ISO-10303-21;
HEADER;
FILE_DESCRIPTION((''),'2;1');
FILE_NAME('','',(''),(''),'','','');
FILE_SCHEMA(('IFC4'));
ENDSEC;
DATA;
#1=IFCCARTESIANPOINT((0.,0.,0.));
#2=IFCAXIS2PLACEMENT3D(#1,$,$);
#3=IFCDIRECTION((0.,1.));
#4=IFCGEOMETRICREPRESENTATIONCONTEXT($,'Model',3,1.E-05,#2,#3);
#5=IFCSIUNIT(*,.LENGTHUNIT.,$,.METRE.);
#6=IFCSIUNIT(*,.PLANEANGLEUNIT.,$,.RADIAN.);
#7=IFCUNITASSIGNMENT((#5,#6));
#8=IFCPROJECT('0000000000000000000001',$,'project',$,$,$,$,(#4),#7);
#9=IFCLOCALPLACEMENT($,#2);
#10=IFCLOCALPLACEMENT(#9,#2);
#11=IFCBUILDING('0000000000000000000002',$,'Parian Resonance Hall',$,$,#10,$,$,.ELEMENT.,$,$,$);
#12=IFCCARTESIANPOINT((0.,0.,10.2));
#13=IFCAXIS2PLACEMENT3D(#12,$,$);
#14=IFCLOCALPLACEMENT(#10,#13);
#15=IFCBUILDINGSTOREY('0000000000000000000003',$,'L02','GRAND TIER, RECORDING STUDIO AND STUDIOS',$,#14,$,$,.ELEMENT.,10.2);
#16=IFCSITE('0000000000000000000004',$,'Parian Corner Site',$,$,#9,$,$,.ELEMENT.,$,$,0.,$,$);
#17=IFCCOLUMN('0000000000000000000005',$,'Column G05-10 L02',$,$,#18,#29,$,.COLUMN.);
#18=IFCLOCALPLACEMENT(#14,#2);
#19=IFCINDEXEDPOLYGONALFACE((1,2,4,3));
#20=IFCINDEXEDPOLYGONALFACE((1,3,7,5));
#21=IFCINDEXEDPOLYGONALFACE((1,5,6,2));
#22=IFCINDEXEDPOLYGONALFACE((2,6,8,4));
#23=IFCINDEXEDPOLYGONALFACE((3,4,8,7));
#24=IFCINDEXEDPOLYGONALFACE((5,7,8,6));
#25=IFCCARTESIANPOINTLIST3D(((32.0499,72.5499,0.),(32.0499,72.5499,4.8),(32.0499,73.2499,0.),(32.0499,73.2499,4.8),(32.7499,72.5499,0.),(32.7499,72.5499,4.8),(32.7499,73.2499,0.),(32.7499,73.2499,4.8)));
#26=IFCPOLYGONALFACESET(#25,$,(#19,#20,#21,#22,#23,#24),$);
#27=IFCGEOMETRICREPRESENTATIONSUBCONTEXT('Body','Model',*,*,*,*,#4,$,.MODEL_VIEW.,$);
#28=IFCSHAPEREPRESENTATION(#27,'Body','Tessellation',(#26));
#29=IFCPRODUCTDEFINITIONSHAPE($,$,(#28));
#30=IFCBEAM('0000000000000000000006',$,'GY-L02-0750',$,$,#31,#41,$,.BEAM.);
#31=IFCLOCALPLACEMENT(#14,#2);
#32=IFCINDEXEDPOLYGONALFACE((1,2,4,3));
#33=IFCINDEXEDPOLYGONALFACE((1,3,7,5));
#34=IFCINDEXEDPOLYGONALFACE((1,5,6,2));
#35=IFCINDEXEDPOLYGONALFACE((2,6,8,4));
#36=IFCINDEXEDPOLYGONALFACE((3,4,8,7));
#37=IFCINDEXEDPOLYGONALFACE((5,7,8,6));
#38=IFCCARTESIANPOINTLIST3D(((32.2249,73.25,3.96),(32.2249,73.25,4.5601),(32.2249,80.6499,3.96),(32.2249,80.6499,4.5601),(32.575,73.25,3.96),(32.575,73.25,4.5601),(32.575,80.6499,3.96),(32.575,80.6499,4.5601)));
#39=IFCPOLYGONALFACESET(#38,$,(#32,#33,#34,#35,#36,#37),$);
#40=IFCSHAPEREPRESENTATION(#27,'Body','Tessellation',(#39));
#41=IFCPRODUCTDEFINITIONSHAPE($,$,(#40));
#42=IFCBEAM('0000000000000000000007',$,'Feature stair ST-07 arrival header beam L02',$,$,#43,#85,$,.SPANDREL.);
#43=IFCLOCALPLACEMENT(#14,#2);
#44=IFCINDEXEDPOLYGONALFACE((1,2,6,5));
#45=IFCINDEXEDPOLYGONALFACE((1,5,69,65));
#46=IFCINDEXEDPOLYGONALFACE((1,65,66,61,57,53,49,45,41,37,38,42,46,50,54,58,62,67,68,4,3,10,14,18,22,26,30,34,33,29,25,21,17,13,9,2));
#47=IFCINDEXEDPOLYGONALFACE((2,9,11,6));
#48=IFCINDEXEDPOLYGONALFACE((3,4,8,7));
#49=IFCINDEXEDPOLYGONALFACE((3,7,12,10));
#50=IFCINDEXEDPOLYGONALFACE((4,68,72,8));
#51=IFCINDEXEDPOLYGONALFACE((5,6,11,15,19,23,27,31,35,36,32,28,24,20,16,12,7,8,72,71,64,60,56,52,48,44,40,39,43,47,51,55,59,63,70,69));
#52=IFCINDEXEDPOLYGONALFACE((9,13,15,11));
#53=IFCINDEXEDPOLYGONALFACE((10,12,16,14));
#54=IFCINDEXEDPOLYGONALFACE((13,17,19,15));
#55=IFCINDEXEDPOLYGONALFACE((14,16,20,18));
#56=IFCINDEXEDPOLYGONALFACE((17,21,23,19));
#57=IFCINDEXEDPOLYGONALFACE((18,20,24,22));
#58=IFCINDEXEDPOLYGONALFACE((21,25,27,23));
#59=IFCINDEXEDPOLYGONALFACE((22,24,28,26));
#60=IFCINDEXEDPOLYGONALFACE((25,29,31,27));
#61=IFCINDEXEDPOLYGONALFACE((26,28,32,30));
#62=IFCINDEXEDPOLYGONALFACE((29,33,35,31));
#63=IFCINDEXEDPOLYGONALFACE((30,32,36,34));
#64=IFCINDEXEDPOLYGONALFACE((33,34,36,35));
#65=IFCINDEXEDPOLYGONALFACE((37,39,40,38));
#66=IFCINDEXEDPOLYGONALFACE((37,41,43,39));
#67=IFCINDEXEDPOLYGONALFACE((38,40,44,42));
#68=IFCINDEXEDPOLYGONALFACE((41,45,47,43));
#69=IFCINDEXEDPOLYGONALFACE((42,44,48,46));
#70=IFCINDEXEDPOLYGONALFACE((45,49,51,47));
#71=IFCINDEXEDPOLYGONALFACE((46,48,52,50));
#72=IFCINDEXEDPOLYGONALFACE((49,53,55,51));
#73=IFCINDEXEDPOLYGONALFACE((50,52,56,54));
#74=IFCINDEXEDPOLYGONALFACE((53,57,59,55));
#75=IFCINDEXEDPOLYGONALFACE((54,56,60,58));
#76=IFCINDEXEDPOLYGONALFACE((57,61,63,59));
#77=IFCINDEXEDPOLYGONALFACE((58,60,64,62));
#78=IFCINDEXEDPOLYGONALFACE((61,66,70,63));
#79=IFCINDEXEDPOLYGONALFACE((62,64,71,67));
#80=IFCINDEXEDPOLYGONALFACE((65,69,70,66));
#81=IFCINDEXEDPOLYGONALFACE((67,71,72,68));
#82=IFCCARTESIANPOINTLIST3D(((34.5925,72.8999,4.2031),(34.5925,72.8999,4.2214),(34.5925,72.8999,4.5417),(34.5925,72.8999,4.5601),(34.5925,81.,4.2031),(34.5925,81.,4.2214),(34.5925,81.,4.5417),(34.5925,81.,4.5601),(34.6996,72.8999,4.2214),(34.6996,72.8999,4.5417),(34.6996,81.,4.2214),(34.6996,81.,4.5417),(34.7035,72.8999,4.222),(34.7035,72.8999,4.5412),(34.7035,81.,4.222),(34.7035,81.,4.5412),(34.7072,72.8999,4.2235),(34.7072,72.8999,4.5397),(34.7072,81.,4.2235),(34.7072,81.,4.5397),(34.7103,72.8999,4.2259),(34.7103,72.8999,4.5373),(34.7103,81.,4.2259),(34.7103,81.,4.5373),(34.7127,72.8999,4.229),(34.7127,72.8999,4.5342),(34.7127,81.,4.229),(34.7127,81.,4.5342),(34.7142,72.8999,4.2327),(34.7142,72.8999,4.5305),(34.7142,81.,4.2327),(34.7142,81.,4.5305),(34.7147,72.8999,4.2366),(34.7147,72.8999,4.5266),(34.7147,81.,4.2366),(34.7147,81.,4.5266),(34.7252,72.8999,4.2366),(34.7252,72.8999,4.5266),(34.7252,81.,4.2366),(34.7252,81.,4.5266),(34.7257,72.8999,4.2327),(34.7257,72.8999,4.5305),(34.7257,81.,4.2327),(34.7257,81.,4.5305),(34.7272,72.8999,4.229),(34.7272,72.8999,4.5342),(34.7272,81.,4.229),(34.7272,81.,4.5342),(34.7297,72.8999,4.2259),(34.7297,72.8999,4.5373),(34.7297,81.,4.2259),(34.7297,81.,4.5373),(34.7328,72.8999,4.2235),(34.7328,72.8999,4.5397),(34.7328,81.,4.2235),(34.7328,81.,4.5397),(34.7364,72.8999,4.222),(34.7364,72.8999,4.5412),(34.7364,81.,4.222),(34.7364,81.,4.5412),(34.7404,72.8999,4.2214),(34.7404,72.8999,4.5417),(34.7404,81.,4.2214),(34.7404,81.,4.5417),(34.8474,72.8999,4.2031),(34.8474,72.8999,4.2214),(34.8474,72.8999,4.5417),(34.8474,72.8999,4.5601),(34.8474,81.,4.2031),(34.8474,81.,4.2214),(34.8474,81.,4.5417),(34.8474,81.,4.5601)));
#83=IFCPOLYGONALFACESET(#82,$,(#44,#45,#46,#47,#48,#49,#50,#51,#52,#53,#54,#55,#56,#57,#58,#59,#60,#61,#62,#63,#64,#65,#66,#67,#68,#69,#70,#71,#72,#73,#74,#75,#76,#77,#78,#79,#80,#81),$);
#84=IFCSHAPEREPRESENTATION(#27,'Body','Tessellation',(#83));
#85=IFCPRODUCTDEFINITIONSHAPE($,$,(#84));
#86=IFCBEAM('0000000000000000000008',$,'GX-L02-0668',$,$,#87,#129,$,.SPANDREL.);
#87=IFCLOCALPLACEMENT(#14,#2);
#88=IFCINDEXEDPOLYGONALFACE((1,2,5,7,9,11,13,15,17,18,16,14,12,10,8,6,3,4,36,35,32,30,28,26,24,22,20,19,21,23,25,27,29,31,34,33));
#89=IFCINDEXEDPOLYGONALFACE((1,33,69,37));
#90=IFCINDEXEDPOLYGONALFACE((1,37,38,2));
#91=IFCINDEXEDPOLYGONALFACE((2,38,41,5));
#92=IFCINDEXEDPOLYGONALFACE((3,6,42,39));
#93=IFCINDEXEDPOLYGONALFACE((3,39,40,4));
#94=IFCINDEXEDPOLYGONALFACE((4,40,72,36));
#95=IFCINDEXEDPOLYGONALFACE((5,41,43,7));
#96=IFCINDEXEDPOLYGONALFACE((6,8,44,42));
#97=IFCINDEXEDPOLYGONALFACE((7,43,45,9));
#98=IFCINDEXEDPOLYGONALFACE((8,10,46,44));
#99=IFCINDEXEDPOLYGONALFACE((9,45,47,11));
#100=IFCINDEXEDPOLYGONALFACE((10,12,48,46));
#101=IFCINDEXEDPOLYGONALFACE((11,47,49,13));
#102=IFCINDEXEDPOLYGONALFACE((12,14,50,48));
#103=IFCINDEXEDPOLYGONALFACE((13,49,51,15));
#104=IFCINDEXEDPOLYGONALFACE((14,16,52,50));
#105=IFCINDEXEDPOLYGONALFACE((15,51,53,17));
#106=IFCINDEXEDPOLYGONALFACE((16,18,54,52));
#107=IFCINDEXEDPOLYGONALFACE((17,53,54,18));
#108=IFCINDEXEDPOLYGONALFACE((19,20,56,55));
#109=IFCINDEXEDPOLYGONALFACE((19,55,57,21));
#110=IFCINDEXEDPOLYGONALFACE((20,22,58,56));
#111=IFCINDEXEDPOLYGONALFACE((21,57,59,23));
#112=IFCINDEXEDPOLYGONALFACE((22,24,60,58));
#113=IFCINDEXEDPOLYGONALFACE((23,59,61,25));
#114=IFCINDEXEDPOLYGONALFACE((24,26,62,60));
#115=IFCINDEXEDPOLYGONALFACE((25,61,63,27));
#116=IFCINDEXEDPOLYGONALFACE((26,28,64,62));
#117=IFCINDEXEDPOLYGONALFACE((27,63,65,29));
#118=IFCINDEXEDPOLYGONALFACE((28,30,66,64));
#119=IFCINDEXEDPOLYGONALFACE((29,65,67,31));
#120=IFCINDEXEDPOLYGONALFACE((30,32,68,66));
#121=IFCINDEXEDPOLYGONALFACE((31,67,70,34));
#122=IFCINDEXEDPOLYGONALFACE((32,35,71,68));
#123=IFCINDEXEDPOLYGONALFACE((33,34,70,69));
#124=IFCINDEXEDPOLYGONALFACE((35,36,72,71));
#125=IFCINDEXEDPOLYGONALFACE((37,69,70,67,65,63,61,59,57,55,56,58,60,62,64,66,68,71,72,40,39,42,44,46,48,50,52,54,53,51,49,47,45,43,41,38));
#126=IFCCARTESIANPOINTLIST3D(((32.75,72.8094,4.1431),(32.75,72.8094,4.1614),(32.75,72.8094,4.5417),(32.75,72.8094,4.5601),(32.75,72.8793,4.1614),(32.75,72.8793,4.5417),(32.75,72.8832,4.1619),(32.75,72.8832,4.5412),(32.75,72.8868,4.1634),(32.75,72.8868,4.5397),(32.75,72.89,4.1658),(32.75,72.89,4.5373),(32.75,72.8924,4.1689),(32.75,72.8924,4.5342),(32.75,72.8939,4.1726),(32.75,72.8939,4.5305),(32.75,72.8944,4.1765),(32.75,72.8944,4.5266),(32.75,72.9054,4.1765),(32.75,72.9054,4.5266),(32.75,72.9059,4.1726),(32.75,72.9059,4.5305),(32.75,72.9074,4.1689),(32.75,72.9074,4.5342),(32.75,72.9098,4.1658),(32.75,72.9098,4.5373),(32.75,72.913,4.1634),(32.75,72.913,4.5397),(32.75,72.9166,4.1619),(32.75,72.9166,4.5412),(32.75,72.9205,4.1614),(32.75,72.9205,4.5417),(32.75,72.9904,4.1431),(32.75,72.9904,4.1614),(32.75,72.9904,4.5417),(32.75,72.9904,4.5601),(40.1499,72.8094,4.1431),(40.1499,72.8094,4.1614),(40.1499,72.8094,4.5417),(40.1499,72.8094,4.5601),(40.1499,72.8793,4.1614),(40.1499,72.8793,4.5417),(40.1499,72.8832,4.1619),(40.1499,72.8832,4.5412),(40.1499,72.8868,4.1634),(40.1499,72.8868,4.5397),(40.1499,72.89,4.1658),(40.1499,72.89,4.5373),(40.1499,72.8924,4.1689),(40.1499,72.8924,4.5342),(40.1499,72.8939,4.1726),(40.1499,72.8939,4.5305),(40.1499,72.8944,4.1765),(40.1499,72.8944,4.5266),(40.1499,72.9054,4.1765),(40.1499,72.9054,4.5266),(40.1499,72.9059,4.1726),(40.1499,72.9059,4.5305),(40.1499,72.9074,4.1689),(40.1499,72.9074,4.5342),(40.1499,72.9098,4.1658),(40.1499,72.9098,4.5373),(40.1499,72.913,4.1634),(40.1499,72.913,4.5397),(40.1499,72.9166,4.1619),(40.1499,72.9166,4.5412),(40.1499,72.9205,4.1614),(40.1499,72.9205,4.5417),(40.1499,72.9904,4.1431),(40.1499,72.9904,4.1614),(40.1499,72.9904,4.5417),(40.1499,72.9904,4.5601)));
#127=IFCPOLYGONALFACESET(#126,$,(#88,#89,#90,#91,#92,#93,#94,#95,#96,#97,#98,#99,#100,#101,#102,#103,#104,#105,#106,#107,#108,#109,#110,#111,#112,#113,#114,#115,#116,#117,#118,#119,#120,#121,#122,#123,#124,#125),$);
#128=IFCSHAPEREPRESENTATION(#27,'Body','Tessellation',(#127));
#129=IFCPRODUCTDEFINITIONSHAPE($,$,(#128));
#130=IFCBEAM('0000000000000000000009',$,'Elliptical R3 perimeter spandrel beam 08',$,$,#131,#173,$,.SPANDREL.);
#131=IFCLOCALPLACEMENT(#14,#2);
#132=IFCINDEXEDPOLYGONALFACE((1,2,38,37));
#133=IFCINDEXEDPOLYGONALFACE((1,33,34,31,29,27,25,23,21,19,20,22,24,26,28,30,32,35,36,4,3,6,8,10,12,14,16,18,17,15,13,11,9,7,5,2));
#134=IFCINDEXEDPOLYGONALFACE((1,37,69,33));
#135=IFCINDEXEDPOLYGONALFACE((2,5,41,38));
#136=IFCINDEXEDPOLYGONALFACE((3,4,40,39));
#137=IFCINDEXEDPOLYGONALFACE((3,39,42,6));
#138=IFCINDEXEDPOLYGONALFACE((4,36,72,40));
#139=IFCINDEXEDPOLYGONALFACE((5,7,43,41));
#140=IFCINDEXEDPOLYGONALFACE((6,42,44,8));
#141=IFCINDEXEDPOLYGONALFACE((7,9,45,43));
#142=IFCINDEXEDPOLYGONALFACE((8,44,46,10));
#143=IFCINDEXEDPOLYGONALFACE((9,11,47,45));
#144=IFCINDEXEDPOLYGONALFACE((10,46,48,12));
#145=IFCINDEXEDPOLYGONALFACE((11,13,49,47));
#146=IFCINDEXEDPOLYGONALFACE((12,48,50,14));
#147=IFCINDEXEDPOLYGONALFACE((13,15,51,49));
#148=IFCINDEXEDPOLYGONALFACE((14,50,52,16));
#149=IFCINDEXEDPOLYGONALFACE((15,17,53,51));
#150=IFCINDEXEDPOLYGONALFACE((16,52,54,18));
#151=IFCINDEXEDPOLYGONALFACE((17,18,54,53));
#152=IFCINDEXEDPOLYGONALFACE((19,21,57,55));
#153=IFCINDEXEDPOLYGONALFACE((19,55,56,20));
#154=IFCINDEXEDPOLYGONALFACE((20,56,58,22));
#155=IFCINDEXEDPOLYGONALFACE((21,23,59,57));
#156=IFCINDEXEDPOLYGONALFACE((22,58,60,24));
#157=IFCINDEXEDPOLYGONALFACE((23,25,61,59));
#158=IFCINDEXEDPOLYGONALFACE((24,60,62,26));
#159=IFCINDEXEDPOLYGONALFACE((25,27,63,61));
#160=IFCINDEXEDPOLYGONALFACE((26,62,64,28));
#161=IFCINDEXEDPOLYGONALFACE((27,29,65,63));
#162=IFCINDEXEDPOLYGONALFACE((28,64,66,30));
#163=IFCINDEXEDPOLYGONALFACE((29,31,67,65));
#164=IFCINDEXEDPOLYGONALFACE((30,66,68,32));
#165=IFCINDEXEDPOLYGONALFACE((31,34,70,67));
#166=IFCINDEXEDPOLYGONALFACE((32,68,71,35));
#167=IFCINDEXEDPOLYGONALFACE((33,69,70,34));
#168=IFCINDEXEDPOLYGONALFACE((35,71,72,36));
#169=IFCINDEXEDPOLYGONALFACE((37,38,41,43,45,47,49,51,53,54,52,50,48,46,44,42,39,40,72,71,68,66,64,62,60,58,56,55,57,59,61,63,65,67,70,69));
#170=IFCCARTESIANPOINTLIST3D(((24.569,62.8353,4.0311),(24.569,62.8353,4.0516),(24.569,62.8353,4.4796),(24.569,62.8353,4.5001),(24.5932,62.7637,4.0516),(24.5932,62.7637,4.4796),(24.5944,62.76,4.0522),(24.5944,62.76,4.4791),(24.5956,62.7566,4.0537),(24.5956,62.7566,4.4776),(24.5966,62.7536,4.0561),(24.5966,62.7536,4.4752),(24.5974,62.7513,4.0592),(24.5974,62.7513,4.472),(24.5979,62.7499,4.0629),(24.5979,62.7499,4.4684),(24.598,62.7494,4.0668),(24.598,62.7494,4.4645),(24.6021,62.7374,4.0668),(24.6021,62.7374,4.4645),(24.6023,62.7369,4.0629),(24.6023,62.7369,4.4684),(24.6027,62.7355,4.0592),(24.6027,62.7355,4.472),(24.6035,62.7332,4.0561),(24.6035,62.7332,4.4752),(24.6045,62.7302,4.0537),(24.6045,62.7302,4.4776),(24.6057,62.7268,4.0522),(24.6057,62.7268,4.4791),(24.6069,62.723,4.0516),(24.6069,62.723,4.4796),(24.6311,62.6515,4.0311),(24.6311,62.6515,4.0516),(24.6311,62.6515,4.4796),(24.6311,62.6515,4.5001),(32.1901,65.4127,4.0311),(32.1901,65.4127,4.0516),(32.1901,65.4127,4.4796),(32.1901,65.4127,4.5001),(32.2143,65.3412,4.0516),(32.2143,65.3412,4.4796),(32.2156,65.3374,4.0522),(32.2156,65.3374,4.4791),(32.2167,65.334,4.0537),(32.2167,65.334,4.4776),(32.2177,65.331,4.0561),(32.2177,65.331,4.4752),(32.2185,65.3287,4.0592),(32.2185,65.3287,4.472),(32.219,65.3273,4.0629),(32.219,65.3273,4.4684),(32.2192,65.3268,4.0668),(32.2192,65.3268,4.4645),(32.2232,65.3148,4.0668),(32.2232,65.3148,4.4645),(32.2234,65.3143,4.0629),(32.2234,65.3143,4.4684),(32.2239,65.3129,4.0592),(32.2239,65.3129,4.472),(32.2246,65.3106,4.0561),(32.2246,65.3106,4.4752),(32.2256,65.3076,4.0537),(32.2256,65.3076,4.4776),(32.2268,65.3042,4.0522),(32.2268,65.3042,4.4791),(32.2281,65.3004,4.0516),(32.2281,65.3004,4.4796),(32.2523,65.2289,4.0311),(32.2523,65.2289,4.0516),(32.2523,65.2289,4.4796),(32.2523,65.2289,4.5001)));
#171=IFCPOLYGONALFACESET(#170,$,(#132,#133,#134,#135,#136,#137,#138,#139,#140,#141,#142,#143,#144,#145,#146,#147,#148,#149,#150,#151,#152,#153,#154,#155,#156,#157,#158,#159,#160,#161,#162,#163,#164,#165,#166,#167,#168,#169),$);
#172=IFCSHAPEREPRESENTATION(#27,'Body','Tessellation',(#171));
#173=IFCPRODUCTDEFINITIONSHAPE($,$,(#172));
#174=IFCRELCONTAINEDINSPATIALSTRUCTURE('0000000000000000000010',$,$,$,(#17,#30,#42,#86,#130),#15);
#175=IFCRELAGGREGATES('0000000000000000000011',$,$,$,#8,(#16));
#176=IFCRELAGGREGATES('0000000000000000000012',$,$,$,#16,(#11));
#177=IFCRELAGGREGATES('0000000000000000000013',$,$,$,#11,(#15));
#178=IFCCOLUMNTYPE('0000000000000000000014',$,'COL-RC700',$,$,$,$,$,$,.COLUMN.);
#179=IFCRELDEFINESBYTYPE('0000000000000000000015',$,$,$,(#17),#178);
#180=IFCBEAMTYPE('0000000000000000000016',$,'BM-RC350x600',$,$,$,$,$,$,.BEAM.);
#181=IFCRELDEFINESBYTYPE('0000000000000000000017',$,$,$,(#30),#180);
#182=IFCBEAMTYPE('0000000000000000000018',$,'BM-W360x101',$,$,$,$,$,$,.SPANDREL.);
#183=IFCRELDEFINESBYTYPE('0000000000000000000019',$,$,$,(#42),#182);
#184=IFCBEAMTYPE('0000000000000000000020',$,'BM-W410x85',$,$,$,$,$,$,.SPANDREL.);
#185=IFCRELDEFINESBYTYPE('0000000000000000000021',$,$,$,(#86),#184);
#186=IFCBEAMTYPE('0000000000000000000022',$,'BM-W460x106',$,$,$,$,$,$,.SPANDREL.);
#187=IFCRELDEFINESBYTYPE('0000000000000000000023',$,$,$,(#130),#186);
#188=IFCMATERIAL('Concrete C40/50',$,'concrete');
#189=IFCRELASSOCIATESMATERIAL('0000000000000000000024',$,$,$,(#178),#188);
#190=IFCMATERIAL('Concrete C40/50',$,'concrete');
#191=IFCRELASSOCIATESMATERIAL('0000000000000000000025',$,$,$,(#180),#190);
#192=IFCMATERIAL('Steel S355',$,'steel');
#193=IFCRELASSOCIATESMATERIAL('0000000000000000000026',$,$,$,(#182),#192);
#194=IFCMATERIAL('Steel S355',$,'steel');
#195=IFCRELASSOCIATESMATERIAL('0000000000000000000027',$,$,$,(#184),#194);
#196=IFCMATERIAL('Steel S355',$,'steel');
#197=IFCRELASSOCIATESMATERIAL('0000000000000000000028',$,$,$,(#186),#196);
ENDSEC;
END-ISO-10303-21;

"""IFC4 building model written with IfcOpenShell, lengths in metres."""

from ifc_helpers import new_model, si_unit, direction, frame, origin, origin_2d, place, context, subcontext, project, spatial, rectangle, i_section, extrude, material, material_profile, profile_set, type_object, element, save


model = new_model("IFC4")

# Units and contexts
model_context = context("Model", 3, precision=1e-05, world=origin(), true_north=direction((0.0, 1.0)))
body_context = subcontext(model_context, "Body", "Model", "MODEL_VIEW")
ifc_project = project(units=[si_unit("LENGTHUNIT", "METRE"), si_unit("PLANEANGLEUNIT", "RADIAN")], contexts=[model_context])

# Site, building, storey
site_placement = place(None, origin())
site = spatial("IfcSite", under=ifc_project, at=site_placement, Name="Parian Corner Site", CompositionType="ELEMENT", RefElevation=0.0)
building_placement = place(site_placement, origin())
building = spatial("IfcBuilding", under=site, at=building_placement, Name="Parian Resonance Hall", CompositionType="ELEMENT")
storey_placement = place(building_placement, frame((0.0, 0.0, 10.2)))
storey = spatial("IfcBuildingStorey", under=building, at=storey_placement, Name="L02", Description="GRAND TIER, RECORDING STUDIO AND STUDIOS", CompositionType="ELEMENT", Elevation=10.2)

# Column
ifc_material_1 = material(Name="Concrete C40/50", Category="concrete")
ifc_material_profile_1 = material_profile(ifc_material_1, rectangle(XDim=0.7, YDim=0.7, at=origin_2d()), Name="RC-COL-700x700")
ifc_profile_set_1 = profile_set([ifc_material_profile_1], Name="Concrete C40/50")
column_type = type_object("IfcColumnType", Name="COL-RC700", PredefinedType="COLUMN", material=ifc_profile_set_1)
column_placement = place(storey_placement, frame((32.3999, 72.8999, 0.0), z_axis=(0.0, 0.0, 1.0), x_axis=(1.0, 0.0, 0.0)))
element("IfcColumn", 1, at=column_placement, inside=storey, type_object=column_type, Name="Column G05-10 L02", PredefinedType="COLUMN", context=body_context, shape_type="SweptSolid", body=[
    extrude(rectangle(XDim=0.7, YDim=0.7, at=origin_2d()), origin(), (0.0, 0.0, 1.0), 4.8),
])

# Beams
ifc_material_2 = material(Name="Concrete C40/50", Category="concrete")
ifc_material_profile_2 = material_profile(ifc_material_2, rectangle(XDim=0.3501, YDim=0.6001, at=origin_2d()), Name="RC-BM-350x600")
ifc_profile_set_2 = profile_set([ifc_material_profile_2], Name="Concrete C40/50")
beam_type_1 = type_object("IfcBeamType", Name="BM-RC350x600", PredefinedType="BEAM", material=ifc_profile_set_2)
beam_1_placement = place(storey_placement, frame((32.3999, 73.25, 4.26), z_axis=(0.0, 1.0, 0.0), x_axis=(-1.0, 0.0, 0.0)))
element("IfcBeam", 2, at=beam_1_placement, inside=storey, type_object=beam_type_1, Name="GY-L02-0750", PredefinedType="BEAM", context=body_context, shape_type="SweptSolid", body=[
    extrude(rectangle(XDim=0.3501, YDim=0.6001, at=origin_2d()), origin(), (0.0, 0.0, 1.0), 7.3999),
])
ifc_material_3 = material(Name="Steel S355", Category="steel")
ifc_material_profile_3 = material_profile(ifc_material_3, i_section(OverallWidth=0.2549, OverallDepth=0.3569, WebThickness=0.0105, FlangeThickness=0.0183, FilletRadius=0.0151, at=origin_2d()), Name="W360x101")
ifc_profile_set_3 = profile_set([ifc_material_profile_3], Name="Steel S355")
beam_type_2 = type_object("IfcBeamType", Name="BM-W360x101", PredefinedType="SPANDREL", material=ifc_profile_set_3)
beam_2_placement = place(storey_placement, frame((34.72, 72.8999, 4.3816), z_axis=(0.0, 1.0, 0.0), x_axis=(-1.0, 0.0, 0.0)))
element("IfcBeam", 3, at=beam_2_placement, inside=storey, type_object=beam_type_2, Name="Feature stair ST-07 arrival header beam L02", PredefinedType="SPANDREL", context=body_context, shape_type="SweptSolid", body=[
    extrude(i_section(OverallWidth=0.2549, OverallDepth=0.3569, WebThickness=0.0105, FlangeThickness=0.0183, FilletRadius=0.0151, at=origin_2d()), origin(), (0.0, 0.0, 1.0), 8.1001),
])
ifc_material_4 = material(Name="Steel S355", Category="steel")
ifc_material_profile_4 = material_profile(ifc_material_4, i_section(OverallWidth=0.1809, OverallDepth=0.417, WebThickness=0.011, FlangeThickness=0.0183, FilletRadius=0.0151, at=origin_2d()), Name="W410x85")
ifc_profile_set_4 = profile_set([ifc_material_profile_4], Name="Steel S355")
beam_type_3 = type_object("IfcBeamType", Name="BM-W410x85", PredefinedType="SPANDREL", material=ifc_profile_set_4)
beam_3_placement = place(storey_placement, frame((32.75, 72.8999, 4.3516), z_axis=(1.0, 0.0, 0.0), x_axis=(0.0, 1.0, 0.0)))
element("IfcBeam", 4, at=beam_3_placement, inside=storey, type_object=beam_type_3, Name="GX-L02-0668", PredefinedType="SPANDREL", context=body_context, shape_type="SweptSolid", body=[
    extrude(i_section(OverallWidth=0.1809, OverallDepth=0.417, WebThickness=0.011, FlangeThickness=0.0183, FilletRadius=0.0151, at=origin_2d()), origin(), (0.0, 0.0, 1.0), 7.3999),
])
ifc_material_5 = material(Name="Steel S355", Category="steel")
ifc_material_profile_5 = material_profile(ifc_material_5, i_section(OverallWidth=0.1941, OverallDepth=0.469, WebThickness=0.0127, FlangeThickness=0.0205, FilletRadius=0.0151, at=origin_2d()), Name="W460x106")
ifc_profile_set_5 = profile_set([ifc_material_profile_5], Name="Steel S355")
beam_type_4 = type_object("IfcBeamType", Name="BM-W460x106", PredefinedType="SPANDREL", material=ifc_profile_set_5)
beam_4_placement = place(storey_placement, frame((32.2212, 65.3208, 4.2656), z_axis=(-0.947293, -0.320367, 0.0), x_axis=(0.320367, -0.947293, 0.0)))
element("IfcBeam", 5, at=beam_4_placement, inside=storey, type_object=beam_type_4, Name="Elliptical R3 perimeter spandrel beam 08", PredefinedType="SPANDREL", context=body_context, shape_type="SweptSolid", body=[
    extrude(i_section(OverallWidth=0.1941, OverallDepth=0.469, WebThickness=0.0127, FlangeThickness=0.0205, FilletRadius=0.0151, at=origin_2d()), origin(), (0.0, 0.0, 1.0), 8.0452),
])

save(model, "model.ifc")
